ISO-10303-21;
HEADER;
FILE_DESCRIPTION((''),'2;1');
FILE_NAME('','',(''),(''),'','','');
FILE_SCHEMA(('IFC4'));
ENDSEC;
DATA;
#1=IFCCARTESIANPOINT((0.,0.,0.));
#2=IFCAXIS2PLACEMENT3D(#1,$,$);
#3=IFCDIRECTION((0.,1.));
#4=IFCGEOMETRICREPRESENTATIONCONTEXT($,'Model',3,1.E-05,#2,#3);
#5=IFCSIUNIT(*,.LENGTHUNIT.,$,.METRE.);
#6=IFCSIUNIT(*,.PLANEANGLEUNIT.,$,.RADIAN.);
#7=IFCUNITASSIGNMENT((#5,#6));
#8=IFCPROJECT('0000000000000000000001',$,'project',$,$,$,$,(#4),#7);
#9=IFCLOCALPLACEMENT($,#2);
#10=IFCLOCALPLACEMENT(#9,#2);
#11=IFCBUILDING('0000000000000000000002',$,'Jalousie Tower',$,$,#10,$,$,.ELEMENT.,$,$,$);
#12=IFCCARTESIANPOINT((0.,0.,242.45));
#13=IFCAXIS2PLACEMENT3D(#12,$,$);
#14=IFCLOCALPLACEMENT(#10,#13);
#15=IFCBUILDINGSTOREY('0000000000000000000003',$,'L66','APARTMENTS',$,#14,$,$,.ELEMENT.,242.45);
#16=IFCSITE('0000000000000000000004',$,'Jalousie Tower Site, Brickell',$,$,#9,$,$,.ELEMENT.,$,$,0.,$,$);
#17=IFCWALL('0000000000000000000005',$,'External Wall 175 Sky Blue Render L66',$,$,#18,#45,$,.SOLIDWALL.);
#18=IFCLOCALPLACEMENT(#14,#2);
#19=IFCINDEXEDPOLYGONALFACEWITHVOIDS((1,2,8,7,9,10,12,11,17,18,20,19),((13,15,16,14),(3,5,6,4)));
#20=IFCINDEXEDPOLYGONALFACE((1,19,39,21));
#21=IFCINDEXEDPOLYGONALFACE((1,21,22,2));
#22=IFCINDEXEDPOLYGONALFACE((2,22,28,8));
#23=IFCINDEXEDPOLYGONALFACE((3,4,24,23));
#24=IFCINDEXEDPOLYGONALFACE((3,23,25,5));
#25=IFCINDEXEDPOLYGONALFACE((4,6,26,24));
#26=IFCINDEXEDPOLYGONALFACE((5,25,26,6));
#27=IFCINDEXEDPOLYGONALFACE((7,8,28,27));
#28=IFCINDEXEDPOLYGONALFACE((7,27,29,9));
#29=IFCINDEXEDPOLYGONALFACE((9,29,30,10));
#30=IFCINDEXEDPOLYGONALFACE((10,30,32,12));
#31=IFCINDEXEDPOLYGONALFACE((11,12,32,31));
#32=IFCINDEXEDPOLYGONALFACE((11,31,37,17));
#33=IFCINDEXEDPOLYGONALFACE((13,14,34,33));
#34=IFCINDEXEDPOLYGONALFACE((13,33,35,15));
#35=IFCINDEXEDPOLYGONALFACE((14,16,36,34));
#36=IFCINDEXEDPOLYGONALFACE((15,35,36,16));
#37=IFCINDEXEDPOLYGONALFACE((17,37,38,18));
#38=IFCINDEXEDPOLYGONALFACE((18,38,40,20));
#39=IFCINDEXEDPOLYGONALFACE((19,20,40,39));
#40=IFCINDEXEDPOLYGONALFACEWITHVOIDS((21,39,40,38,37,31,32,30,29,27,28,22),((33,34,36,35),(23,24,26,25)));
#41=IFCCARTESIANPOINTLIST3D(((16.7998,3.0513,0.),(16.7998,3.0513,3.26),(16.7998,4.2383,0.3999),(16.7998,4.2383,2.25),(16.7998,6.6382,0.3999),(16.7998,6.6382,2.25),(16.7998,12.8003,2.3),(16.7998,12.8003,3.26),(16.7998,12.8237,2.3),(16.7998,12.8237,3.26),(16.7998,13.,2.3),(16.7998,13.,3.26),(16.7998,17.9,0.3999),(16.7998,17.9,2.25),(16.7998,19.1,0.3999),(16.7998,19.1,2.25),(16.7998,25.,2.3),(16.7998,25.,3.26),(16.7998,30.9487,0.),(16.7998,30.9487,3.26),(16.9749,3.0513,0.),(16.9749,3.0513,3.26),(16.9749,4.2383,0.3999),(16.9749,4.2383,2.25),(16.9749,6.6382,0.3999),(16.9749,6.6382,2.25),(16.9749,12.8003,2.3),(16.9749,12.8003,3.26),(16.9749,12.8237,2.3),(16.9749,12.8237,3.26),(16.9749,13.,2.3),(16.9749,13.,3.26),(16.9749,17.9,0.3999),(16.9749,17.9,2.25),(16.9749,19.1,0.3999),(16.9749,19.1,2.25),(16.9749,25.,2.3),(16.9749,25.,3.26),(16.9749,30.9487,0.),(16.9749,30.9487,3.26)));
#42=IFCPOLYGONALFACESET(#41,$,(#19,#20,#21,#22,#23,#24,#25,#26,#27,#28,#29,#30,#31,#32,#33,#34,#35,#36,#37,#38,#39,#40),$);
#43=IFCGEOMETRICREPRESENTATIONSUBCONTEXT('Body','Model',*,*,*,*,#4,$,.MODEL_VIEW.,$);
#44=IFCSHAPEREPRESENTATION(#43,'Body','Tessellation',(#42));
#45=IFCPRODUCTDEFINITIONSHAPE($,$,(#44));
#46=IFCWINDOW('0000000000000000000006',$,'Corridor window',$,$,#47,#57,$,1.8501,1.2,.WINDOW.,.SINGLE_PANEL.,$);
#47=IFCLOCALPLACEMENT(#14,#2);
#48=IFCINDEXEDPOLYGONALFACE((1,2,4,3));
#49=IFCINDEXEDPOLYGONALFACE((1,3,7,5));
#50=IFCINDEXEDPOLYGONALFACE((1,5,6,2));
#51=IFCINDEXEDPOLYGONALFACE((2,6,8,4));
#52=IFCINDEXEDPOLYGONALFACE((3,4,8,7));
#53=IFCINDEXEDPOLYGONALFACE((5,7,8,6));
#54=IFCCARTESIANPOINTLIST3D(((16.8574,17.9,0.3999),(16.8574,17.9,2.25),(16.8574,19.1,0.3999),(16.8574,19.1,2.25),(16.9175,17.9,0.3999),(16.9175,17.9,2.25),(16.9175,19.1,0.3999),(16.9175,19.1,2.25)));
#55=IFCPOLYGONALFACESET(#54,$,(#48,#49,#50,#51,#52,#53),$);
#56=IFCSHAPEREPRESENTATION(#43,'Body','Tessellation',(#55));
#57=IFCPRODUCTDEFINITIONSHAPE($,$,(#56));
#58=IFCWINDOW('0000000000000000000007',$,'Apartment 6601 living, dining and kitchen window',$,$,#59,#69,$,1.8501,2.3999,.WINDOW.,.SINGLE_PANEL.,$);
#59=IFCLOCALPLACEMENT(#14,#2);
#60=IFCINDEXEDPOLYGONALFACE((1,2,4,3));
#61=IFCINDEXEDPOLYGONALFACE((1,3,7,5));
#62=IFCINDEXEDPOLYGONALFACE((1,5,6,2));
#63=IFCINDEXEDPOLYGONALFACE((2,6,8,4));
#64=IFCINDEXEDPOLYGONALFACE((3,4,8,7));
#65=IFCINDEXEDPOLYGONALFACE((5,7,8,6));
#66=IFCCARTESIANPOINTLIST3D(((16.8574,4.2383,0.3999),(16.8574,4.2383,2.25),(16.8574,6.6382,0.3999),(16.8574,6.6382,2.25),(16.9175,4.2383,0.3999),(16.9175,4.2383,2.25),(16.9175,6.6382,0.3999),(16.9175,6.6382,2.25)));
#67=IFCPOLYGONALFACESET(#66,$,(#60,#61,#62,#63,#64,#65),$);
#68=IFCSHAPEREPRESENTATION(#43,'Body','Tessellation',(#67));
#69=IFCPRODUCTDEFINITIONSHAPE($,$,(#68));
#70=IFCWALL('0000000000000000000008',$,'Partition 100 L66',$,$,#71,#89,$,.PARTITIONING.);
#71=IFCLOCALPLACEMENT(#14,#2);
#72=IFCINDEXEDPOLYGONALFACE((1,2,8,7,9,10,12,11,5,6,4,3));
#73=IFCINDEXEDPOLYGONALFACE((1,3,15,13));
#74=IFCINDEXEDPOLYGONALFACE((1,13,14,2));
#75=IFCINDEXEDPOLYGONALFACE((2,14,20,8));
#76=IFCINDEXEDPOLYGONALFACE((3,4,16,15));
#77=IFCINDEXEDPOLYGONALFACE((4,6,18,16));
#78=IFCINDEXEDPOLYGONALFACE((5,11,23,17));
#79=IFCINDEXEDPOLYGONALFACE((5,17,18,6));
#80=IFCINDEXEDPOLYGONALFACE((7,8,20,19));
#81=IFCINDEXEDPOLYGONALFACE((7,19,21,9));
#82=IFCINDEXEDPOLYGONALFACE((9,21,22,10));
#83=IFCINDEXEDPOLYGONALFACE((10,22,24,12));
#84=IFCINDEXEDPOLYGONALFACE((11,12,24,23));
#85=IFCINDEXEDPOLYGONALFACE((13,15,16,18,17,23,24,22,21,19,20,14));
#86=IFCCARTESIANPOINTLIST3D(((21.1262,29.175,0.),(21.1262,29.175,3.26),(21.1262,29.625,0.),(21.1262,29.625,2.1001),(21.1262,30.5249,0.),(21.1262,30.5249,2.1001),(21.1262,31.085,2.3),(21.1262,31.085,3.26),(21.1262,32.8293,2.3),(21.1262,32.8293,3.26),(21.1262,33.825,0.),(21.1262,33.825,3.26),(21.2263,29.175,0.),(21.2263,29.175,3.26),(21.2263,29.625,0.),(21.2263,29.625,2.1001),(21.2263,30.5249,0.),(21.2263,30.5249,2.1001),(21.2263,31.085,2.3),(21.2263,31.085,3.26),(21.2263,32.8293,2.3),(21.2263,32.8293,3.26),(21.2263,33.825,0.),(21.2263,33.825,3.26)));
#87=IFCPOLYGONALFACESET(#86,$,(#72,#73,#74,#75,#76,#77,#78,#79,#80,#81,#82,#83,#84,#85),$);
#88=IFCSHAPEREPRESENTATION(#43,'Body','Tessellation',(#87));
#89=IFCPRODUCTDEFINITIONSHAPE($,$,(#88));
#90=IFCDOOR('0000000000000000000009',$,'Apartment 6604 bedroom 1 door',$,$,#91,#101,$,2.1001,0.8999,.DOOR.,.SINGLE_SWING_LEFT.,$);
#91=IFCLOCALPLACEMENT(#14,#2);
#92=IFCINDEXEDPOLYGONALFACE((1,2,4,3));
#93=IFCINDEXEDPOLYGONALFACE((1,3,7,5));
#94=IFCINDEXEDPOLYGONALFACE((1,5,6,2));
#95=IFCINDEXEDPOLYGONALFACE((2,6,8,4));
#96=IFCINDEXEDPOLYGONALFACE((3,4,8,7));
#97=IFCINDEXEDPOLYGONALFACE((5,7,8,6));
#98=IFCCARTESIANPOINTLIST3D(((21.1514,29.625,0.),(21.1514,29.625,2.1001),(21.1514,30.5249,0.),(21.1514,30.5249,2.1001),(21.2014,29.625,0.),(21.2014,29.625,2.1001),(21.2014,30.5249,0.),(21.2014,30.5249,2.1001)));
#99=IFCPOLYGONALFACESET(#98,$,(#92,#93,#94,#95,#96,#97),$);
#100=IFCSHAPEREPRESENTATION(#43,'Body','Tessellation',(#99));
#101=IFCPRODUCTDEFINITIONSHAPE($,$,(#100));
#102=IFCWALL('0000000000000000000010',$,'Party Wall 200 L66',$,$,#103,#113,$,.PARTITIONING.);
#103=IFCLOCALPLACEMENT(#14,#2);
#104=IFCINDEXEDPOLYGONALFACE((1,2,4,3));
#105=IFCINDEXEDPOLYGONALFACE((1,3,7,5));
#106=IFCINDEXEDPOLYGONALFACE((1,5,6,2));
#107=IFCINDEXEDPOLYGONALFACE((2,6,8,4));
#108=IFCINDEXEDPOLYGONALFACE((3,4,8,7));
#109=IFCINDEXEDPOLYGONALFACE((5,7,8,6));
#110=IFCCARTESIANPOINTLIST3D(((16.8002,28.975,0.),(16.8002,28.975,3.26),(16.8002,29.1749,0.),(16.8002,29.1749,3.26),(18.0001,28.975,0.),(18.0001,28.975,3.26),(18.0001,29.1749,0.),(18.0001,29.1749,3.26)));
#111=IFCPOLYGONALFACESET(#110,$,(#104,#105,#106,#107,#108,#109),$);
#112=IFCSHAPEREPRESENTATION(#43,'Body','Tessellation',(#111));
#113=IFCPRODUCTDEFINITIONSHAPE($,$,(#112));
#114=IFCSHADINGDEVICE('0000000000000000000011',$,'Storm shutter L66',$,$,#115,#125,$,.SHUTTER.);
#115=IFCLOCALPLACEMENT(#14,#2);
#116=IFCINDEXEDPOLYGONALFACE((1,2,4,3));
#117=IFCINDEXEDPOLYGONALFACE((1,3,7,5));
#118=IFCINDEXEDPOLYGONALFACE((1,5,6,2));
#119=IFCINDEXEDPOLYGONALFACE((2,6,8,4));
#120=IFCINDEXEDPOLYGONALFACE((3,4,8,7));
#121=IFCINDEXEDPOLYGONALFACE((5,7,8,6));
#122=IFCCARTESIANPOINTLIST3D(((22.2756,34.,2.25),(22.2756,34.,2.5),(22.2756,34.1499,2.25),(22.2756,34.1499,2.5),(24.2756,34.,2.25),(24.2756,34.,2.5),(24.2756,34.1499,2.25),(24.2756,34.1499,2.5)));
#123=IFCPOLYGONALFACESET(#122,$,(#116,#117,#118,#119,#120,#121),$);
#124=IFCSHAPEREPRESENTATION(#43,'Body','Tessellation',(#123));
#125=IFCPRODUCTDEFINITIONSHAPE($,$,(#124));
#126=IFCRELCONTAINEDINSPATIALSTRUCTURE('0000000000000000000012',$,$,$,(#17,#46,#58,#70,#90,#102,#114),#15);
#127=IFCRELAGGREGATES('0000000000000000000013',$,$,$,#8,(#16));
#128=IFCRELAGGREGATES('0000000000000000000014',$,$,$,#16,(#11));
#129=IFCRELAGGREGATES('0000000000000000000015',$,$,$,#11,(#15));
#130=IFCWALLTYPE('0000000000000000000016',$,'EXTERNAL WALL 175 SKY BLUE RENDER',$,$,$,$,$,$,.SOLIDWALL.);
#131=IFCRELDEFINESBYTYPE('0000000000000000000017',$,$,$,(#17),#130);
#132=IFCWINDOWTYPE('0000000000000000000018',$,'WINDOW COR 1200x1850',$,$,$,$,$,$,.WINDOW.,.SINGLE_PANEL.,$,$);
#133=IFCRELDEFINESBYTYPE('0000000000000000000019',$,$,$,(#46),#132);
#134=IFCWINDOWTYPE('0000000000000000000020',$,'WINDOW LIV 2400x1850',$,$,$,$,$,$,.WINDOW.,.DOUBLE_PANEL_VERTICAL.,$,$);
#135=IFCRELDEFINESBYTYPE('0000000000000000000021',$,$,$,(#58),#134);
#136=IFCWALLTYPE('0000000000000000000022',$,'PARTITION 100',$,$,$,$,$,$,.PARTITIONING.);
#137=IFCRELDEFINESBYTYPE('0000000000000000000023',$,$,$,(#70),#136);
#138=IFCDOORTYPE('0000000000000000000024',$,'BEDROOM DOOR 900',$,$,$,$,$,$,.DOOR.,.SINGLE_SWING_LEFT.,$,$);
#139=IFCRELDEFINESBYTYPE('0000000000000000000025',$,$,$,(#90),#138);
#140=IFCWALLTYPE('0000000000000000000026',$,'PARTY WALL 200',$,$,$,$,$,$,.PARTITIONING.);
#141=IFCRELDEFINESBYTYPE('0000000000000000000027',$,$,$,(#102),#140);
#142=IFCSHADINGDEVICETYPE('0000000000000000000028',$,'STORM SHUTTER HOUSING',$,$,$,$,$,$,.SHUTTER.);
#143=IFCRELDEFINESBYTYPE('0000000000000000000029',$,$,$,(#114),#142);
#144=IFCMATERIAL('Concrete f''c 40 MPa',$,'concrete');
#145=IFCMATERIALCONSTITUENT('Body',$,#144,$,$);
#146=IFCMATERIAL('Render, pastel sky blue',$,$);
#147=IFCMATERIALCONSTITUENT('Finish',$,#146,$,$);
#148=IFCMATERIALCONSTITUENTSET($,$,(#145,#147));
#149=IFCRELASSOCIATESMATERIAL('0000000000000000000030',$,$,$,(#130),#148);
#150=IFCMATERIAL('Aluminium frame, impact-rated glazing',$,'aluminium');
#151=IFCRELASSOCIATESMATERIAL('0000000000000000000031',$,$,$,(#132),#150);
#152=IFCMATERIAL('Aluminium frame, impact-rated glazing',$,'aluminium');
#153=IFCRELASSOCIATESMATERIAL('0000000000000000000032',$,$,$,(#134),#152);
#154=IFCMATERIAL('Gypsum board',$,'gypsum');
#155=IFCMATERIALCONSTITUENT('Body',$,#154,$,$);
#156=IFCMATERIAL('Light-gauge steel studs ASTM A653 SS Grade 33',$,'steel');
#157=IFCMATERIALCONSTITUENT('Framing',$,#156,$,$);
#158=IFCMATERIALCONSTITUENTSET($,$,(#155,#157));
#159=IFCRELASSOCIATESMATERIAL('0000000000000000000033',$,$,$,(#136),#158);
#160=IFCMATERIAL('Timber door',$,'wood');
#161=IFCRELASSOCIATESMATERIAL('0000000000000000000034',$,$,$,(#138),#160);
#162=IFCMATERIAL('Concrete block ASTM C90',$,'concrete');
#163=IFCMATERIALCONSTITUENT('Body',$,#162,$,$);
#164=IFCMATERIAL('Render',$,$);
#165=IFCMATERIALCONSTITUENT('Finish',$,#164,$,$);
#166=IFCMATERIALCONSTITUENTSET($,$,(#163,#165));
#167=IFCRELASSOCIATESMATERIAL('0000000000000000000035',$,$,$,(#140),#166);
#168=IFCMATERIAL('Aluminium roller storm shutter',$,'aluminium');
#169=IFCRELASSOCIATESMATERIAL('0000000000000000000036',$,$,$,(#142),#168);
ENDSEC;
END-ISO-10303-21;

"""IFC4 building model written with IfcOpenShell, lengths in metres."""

from ifc_helpers import new_model, si_unit, direction, frame, frame_2d, origin, origin_2d, place, context, subcontext, project, spatial, polyline, rectangle, outline, extrude, material, constituent, constituent_set, type_object, element, fill, save


model = new_model("IFC4")

# Units and contexts
model_context = context("Model", 3, precision=1e-05, world=origin(), true_north=direction((0.0, 1.0)))
body_context = subcontext(model_context, "Body", "Model", "MODEL_VIEW")
ifc_project = project(units=[si_unit("LENGTHUNIT", "METRE"), si_unit("PLANEANGLEUNIT", "RADIAN")], contexts=[model_context])

# Site, building, storey
site_placement = place(None, origin())
site = spatial("IfcSite", under=ifc_project, at=site_placement, Name="Jalousie Tower Site, Brickell", CompositionType="ELEMENT", RefElevation=0.0)
building_placement = place(site_placement, origin())
building = spatial("IfcBuilding", under=site, at=building_placement, Name="Jalousie Tower", CompositionType="ELEMENT")
storey_placement = place(building_placement, frame((0.0, 0.0, 242.45)))
storey = spatial("IfcBuildingStorey", under=building, at=storey_placement, Name="L66", Description="APARTMENTS", CompositionType="ELEMENT", Elevation=242.45)

# Wall, openings, windows
ifc_material_1 = material(Name="Concrete f'c 40 MPa", Category="concrete")
ifc_constituent_1 = constituent(ifc_material_1, Name="Body")
ifc_material_2 = material(Name="Render, pastel sky blue")
ifc_constituent_2 = constituent(ifc_material_2, Name="Finish")
ifc_constituent_set_1 = constituent_set(constituents=[ifc_constituent_1, ifc_constituent_2])
wall_type_1 = type_object("IfcWallType", Name="EXTERNAL WALL 175 SKY BLUE RENDER", PredefinedType="SOLIDWALL", material=ifc_constituent_set_1)
wall_1_placement = place(storey_placement, frame((16.8875, 30.9487, 0.0), z_axis=(0.0, 0.0, 1.0), x_axis=(0.0, -1.0, 0.0)))
wall_1 = element("IfcWall", 1, at=wall_1_placement, inside=storey, type_object=wall_type_1, Name="External Wall 175 Sky Blue Render L66", PredefinedType="SOLIDWALL", context=body_context, shape_type="SweptSolid", body=[
    extrude(outline(polyline([(0.0, 0.0), (27.8975, 0.0), (27.8975, 3.26), (18.1484, 3.26), (18.1484, 2.3), (18.125, 2.3), (18.125, 3.26), (17.9487, 3.26), (17.9487, 2.3), (5.9487, 2.3), (5.9487, 3.26), (0.0, 3.26), (0.0, 0.0)])), frame((0.0, 0.0874, 0.0), z_axis=(0.0, -1.0, 0.0), x_axis=(1.0, 0.0, 0.0)), (0.0, 0.0, 1.0), 0.175),
])
opening_1_placement = place(wall_1_placement, frame((11.8486, 0.0, 0.3999)))
opening_1 = element("IfcOpeningElement", 2, at=opening_1_placement, cuts=wall_1, PredefinedType="OPENING", context=body_context, shape_type="SweptSolid", body=[
    extrude(rectangle(XDim=1.2, YDim=1.8501, at=frame_2d((0.6001, 0.925))), frame((0.0, 0.0974, 0.0), z_axis=(0.0, -1.0, 0.0), x_axis=(1.0, 0.0, 0.0)), (0.0, 0.0, 1.0), 0.1951),
])
opening_2_placement = place(wall_1_placement, frame((24.3105, 0.0, 0.3999)))
opening_2 = element("IfcOpeningElement", 3, at=opening_2_placement, cuts=wall_1, PredefinedType="OPENING", context=body_context, shape_type="SweptSolid", body=[
    extrude(rectangle(XDim=2.3999, YDim=1.8501, at=frame_2d((1.2, 0.925))), frame((0.0, 0.0974, 0.0), z_axis=(0.0, -1.0, 0.0), x_axis=(1.0, 0.0, 0.0)), (0.0, 0.0, 1.0), 0.1951),
])
ifc_material_3 = material(Name="Aluminium frame, impact-rated glazing", Category="aluminium")
window_type_1 = type_object("IfcWindowType", Name="WINDOW COR 1200x1850", PartitioningType="SINGLE_PANEL", PredefinedType="WINDOW", material=ifc_material_3)
window_1_placement = place(opening_1_placement, origin())
window_1 = element("IfcWindow", 4, at=window_1_placement, inside=storey, type_object=window_type_1, Name="Corridor window", OverallHeight=1.8501, OverallWidth=1.2, PartitioningType="SINGLE_PANEL", PredefinedType="WINDOW", context=body_context, shape_type="SweptSolid", body=[
    extrude(rectangle(XDim=1.2, YDim=1.8501, at=frame_2d((0.6001, 0.925))), frame((0.0, 0.03, 0.0), z_axis=(0.0, -1.0, 0.0), x_axis=(1.0, 0.0, 0.0)), (0.0, 0.0, 1.0), 0.0601),
])
fill(opening_1, window_1)
ifc_material_4 = material(Name="Aluminium frame, impact-rated glazing", Category="aluminium")
window_type_2 = type_object("IfcWindowType", Name="WINDOW LIV 2400x1850", PartitioningType="DOUBLE_PANEL_VERTICAL", PredefinedType="WINDOW", material=ifc_material_4)
window_2_placement = place(opening_2_placement, origin())
window_2 = element("IfcWindow", 5, at=window_2_placement, inside=storey, type_object=window_type_2, Name="Apartment 6601 living, dining and kitchen window", OverallHeight=1.8501, OverallWidth=2.3999, PartitioningType="SINGLE_PANEL", PredefinedType="WINDOW", context=body_context, shape_type="SweptSolid", body=[
    extrude(rectangle(XDim=2.3999, YDim=1.8501, at=frame_2d((1.2, 0.925))), frame((0.0, 0.03, 0.0), z_axis=(0.0, -1.0, 0.0), x_axis=(1.0, 0.0, 0.0)), (0.0, 0.0, 1.0), 0.0601),
])
fill(opening_2, window_2)

# Wall, opening, door
ifc_material_5 = material(Name="Gypsum board", Category="gypsum")
ifc_constituent_3 = constituent(ifc_material_5, Name="Body")
ifc_material_6 = material(Name="Light-gauge steel studs ASTM A653 SS Grade 33", Category="steel")
ifc_constituent_4 = constituent(ifc_material_6, Name="Framing")
ifc_constituent_set_2 = constituent_set(constituents=[ifc_constituent_3, ifc_constituent_4])
wall_type_2 = type_object("IfcWallType", Name="PARTITION 100", PredefinedType="PARTITIONING", material=ifc_constituent_set_2)
wall_2_placement = place(storey_placement, frame((21.1763, 33.825, 0.0), z_axis=(0.0, 0.0, 1.0), x_axis=(0.0, -1.0, 0.0)))
wall_2 = element("IfcWall", 6, at=wall_2_placement, inside=storey, type_object=wall_type_2, Name="Partition 100 L66", PredefinedType="PARTITIONING", context=body_context, shape_type="SweptSolid", body=[
    extrude(outline(polyline([(0.0, 0.0), (4.6499, 0.0), (4.6499, 3.26), (2.74, 3.26), (2.74, 2.3), (0.9956, 2.3), (0.9956, 3.26), (0.0, 3.26), (0.0, 0.0)])), frame((0.0, 0.05, 0.0), z_axis=(0.0, -1.0, 0.0), x_axis=(1.0, 0.0, 0.0)), (0.0, 0.0, 1.0), 0.1001),
])
opening_3_placement = place(wall_2_placement, frame((3.3, 0.0, 0.0)))
opening_3 = element("IfcOpeningElement", 7, at=opening_3_placement, cuts=wall_2, PredefinedType="OPENING", context=body_context, shape_type="SweptSolid", body=[
    extrude(rectangle(XDim=0.8999, YDim=2.1001, at=frame_2d((0.45, 1.05))), frame((0.0, 0.0601, 0.0), z_axis=(0.0, -1.0, 0.0), x_axis=(1.0, 0.0, 0.0)), (0.0, 0.0, 1.0), 0.1201),
])
ifc_material_7 = material(Name="Timber door", Category="wood")
door_type_1 = type_object("IfcDoorType", Name="BEDROOM DOOR 900", OperationType="SINGLE_SWING_LEFT", PredefinedType="DOOR", material=ifc_material_7)
door_1_placement = place(opening_3_placement, frame((0.8999, 0.0, 0.0), z_axis=(0.0, 0.0, 1.0), x_axis=(-1.0, 0.0, 0.0)))
door_1 = element("IfcDoor", 8, at=door_1_placement, inside=storey, type_object=door_type_1, Name="Apartment 6604 bedroom 1 door", OperationType="SINGLE_SWING_LEFT", OverallHeight=2.1001, OverallWidth=0.8999, PredefinedType="DOOR", context=body_context, shape_type="SweptSolid", body=[
    extrude(rectangle(XDim=0.8999, YDim=2.1001, at=frame_2d((0.45, 1.05))), frame((0.0, 0.0249, 0.0), z_axis=(0.0, -1.0, 0.0), x_axis=(1.0, 0.0, 0.0)), (0.0, 0.0, 1.0), 0.05),
])
fill(opening_3, door_1)

# Wall
ifc_material_8 = material(Name="Concrete block ASTM C90", Category="concrete")
ifc_constituent_5 = constituent(ifc_material_8, Name="Body")
ifc_material_9 = material(Name="Render")
ifc_constituent_6 = constituent(ifc_material_9, Name="Finish")
ifc_constituent_set_3 = constituent_set(constituents=[ifc_constituent_5, ifc_constituent_6])
wall_type_3 = type_object("IfcWallType", Name="PARTY WALL 200", PredefinedType="PARTITIONING", material=ifc_constituent_set_3)
wall_3_placement = place(storey_placement, frame((16.8, 29.075, 0.0), z_axis=(0.0, 0.0, 1.0), x_axis=(1.0, 0.0, 0.0)))
element("IfcWall", 9, at=wall_3_placement, inside=storey, type_object=wall_type_3, Name="Party Wall 200 L66", PredefinedType="PARTITIONING", context=body_context, shape_type="SweptSolid", body=[
    extrude(rectangle(XDim=1.2, YDim=0.2, at=frame_2d((0.6001, 0.0))), origin(), (0.0, 0.0, 1.0), 3.26),
])

# Shading device
ifc_material_10 = material(Name="Aluminium roller storm shutter", Category="aluminium")
shading_device_type = type_object("IfcShadingDeviceType", Name="STORM SHUTTER HOUSING", PredefinedType="SHUTTER", material=ifc_material_10)
shading_device_placement = place(storey_placement, frame((23.2756, 34.075, 2.25), z_axis=(0.0, 0.0, 1.0), x_axis=(-1.0, 0.0, 0.0)))
element("IfcShadingDevice", 10, at=shading_device_placement, inside=storey, type_object=shading_device_type, Name="Storm shutter L66", PredefinedType="SHUTTER", context=body_context, shape_type="SweptSolid", body=[
    extrude(rectangle(XDim=2.0, YDim=0.1499, at=origin_2d()), origin(), (0.0, 0.0, 1.0), 0.25),
])

save(model, "model.ifc")
